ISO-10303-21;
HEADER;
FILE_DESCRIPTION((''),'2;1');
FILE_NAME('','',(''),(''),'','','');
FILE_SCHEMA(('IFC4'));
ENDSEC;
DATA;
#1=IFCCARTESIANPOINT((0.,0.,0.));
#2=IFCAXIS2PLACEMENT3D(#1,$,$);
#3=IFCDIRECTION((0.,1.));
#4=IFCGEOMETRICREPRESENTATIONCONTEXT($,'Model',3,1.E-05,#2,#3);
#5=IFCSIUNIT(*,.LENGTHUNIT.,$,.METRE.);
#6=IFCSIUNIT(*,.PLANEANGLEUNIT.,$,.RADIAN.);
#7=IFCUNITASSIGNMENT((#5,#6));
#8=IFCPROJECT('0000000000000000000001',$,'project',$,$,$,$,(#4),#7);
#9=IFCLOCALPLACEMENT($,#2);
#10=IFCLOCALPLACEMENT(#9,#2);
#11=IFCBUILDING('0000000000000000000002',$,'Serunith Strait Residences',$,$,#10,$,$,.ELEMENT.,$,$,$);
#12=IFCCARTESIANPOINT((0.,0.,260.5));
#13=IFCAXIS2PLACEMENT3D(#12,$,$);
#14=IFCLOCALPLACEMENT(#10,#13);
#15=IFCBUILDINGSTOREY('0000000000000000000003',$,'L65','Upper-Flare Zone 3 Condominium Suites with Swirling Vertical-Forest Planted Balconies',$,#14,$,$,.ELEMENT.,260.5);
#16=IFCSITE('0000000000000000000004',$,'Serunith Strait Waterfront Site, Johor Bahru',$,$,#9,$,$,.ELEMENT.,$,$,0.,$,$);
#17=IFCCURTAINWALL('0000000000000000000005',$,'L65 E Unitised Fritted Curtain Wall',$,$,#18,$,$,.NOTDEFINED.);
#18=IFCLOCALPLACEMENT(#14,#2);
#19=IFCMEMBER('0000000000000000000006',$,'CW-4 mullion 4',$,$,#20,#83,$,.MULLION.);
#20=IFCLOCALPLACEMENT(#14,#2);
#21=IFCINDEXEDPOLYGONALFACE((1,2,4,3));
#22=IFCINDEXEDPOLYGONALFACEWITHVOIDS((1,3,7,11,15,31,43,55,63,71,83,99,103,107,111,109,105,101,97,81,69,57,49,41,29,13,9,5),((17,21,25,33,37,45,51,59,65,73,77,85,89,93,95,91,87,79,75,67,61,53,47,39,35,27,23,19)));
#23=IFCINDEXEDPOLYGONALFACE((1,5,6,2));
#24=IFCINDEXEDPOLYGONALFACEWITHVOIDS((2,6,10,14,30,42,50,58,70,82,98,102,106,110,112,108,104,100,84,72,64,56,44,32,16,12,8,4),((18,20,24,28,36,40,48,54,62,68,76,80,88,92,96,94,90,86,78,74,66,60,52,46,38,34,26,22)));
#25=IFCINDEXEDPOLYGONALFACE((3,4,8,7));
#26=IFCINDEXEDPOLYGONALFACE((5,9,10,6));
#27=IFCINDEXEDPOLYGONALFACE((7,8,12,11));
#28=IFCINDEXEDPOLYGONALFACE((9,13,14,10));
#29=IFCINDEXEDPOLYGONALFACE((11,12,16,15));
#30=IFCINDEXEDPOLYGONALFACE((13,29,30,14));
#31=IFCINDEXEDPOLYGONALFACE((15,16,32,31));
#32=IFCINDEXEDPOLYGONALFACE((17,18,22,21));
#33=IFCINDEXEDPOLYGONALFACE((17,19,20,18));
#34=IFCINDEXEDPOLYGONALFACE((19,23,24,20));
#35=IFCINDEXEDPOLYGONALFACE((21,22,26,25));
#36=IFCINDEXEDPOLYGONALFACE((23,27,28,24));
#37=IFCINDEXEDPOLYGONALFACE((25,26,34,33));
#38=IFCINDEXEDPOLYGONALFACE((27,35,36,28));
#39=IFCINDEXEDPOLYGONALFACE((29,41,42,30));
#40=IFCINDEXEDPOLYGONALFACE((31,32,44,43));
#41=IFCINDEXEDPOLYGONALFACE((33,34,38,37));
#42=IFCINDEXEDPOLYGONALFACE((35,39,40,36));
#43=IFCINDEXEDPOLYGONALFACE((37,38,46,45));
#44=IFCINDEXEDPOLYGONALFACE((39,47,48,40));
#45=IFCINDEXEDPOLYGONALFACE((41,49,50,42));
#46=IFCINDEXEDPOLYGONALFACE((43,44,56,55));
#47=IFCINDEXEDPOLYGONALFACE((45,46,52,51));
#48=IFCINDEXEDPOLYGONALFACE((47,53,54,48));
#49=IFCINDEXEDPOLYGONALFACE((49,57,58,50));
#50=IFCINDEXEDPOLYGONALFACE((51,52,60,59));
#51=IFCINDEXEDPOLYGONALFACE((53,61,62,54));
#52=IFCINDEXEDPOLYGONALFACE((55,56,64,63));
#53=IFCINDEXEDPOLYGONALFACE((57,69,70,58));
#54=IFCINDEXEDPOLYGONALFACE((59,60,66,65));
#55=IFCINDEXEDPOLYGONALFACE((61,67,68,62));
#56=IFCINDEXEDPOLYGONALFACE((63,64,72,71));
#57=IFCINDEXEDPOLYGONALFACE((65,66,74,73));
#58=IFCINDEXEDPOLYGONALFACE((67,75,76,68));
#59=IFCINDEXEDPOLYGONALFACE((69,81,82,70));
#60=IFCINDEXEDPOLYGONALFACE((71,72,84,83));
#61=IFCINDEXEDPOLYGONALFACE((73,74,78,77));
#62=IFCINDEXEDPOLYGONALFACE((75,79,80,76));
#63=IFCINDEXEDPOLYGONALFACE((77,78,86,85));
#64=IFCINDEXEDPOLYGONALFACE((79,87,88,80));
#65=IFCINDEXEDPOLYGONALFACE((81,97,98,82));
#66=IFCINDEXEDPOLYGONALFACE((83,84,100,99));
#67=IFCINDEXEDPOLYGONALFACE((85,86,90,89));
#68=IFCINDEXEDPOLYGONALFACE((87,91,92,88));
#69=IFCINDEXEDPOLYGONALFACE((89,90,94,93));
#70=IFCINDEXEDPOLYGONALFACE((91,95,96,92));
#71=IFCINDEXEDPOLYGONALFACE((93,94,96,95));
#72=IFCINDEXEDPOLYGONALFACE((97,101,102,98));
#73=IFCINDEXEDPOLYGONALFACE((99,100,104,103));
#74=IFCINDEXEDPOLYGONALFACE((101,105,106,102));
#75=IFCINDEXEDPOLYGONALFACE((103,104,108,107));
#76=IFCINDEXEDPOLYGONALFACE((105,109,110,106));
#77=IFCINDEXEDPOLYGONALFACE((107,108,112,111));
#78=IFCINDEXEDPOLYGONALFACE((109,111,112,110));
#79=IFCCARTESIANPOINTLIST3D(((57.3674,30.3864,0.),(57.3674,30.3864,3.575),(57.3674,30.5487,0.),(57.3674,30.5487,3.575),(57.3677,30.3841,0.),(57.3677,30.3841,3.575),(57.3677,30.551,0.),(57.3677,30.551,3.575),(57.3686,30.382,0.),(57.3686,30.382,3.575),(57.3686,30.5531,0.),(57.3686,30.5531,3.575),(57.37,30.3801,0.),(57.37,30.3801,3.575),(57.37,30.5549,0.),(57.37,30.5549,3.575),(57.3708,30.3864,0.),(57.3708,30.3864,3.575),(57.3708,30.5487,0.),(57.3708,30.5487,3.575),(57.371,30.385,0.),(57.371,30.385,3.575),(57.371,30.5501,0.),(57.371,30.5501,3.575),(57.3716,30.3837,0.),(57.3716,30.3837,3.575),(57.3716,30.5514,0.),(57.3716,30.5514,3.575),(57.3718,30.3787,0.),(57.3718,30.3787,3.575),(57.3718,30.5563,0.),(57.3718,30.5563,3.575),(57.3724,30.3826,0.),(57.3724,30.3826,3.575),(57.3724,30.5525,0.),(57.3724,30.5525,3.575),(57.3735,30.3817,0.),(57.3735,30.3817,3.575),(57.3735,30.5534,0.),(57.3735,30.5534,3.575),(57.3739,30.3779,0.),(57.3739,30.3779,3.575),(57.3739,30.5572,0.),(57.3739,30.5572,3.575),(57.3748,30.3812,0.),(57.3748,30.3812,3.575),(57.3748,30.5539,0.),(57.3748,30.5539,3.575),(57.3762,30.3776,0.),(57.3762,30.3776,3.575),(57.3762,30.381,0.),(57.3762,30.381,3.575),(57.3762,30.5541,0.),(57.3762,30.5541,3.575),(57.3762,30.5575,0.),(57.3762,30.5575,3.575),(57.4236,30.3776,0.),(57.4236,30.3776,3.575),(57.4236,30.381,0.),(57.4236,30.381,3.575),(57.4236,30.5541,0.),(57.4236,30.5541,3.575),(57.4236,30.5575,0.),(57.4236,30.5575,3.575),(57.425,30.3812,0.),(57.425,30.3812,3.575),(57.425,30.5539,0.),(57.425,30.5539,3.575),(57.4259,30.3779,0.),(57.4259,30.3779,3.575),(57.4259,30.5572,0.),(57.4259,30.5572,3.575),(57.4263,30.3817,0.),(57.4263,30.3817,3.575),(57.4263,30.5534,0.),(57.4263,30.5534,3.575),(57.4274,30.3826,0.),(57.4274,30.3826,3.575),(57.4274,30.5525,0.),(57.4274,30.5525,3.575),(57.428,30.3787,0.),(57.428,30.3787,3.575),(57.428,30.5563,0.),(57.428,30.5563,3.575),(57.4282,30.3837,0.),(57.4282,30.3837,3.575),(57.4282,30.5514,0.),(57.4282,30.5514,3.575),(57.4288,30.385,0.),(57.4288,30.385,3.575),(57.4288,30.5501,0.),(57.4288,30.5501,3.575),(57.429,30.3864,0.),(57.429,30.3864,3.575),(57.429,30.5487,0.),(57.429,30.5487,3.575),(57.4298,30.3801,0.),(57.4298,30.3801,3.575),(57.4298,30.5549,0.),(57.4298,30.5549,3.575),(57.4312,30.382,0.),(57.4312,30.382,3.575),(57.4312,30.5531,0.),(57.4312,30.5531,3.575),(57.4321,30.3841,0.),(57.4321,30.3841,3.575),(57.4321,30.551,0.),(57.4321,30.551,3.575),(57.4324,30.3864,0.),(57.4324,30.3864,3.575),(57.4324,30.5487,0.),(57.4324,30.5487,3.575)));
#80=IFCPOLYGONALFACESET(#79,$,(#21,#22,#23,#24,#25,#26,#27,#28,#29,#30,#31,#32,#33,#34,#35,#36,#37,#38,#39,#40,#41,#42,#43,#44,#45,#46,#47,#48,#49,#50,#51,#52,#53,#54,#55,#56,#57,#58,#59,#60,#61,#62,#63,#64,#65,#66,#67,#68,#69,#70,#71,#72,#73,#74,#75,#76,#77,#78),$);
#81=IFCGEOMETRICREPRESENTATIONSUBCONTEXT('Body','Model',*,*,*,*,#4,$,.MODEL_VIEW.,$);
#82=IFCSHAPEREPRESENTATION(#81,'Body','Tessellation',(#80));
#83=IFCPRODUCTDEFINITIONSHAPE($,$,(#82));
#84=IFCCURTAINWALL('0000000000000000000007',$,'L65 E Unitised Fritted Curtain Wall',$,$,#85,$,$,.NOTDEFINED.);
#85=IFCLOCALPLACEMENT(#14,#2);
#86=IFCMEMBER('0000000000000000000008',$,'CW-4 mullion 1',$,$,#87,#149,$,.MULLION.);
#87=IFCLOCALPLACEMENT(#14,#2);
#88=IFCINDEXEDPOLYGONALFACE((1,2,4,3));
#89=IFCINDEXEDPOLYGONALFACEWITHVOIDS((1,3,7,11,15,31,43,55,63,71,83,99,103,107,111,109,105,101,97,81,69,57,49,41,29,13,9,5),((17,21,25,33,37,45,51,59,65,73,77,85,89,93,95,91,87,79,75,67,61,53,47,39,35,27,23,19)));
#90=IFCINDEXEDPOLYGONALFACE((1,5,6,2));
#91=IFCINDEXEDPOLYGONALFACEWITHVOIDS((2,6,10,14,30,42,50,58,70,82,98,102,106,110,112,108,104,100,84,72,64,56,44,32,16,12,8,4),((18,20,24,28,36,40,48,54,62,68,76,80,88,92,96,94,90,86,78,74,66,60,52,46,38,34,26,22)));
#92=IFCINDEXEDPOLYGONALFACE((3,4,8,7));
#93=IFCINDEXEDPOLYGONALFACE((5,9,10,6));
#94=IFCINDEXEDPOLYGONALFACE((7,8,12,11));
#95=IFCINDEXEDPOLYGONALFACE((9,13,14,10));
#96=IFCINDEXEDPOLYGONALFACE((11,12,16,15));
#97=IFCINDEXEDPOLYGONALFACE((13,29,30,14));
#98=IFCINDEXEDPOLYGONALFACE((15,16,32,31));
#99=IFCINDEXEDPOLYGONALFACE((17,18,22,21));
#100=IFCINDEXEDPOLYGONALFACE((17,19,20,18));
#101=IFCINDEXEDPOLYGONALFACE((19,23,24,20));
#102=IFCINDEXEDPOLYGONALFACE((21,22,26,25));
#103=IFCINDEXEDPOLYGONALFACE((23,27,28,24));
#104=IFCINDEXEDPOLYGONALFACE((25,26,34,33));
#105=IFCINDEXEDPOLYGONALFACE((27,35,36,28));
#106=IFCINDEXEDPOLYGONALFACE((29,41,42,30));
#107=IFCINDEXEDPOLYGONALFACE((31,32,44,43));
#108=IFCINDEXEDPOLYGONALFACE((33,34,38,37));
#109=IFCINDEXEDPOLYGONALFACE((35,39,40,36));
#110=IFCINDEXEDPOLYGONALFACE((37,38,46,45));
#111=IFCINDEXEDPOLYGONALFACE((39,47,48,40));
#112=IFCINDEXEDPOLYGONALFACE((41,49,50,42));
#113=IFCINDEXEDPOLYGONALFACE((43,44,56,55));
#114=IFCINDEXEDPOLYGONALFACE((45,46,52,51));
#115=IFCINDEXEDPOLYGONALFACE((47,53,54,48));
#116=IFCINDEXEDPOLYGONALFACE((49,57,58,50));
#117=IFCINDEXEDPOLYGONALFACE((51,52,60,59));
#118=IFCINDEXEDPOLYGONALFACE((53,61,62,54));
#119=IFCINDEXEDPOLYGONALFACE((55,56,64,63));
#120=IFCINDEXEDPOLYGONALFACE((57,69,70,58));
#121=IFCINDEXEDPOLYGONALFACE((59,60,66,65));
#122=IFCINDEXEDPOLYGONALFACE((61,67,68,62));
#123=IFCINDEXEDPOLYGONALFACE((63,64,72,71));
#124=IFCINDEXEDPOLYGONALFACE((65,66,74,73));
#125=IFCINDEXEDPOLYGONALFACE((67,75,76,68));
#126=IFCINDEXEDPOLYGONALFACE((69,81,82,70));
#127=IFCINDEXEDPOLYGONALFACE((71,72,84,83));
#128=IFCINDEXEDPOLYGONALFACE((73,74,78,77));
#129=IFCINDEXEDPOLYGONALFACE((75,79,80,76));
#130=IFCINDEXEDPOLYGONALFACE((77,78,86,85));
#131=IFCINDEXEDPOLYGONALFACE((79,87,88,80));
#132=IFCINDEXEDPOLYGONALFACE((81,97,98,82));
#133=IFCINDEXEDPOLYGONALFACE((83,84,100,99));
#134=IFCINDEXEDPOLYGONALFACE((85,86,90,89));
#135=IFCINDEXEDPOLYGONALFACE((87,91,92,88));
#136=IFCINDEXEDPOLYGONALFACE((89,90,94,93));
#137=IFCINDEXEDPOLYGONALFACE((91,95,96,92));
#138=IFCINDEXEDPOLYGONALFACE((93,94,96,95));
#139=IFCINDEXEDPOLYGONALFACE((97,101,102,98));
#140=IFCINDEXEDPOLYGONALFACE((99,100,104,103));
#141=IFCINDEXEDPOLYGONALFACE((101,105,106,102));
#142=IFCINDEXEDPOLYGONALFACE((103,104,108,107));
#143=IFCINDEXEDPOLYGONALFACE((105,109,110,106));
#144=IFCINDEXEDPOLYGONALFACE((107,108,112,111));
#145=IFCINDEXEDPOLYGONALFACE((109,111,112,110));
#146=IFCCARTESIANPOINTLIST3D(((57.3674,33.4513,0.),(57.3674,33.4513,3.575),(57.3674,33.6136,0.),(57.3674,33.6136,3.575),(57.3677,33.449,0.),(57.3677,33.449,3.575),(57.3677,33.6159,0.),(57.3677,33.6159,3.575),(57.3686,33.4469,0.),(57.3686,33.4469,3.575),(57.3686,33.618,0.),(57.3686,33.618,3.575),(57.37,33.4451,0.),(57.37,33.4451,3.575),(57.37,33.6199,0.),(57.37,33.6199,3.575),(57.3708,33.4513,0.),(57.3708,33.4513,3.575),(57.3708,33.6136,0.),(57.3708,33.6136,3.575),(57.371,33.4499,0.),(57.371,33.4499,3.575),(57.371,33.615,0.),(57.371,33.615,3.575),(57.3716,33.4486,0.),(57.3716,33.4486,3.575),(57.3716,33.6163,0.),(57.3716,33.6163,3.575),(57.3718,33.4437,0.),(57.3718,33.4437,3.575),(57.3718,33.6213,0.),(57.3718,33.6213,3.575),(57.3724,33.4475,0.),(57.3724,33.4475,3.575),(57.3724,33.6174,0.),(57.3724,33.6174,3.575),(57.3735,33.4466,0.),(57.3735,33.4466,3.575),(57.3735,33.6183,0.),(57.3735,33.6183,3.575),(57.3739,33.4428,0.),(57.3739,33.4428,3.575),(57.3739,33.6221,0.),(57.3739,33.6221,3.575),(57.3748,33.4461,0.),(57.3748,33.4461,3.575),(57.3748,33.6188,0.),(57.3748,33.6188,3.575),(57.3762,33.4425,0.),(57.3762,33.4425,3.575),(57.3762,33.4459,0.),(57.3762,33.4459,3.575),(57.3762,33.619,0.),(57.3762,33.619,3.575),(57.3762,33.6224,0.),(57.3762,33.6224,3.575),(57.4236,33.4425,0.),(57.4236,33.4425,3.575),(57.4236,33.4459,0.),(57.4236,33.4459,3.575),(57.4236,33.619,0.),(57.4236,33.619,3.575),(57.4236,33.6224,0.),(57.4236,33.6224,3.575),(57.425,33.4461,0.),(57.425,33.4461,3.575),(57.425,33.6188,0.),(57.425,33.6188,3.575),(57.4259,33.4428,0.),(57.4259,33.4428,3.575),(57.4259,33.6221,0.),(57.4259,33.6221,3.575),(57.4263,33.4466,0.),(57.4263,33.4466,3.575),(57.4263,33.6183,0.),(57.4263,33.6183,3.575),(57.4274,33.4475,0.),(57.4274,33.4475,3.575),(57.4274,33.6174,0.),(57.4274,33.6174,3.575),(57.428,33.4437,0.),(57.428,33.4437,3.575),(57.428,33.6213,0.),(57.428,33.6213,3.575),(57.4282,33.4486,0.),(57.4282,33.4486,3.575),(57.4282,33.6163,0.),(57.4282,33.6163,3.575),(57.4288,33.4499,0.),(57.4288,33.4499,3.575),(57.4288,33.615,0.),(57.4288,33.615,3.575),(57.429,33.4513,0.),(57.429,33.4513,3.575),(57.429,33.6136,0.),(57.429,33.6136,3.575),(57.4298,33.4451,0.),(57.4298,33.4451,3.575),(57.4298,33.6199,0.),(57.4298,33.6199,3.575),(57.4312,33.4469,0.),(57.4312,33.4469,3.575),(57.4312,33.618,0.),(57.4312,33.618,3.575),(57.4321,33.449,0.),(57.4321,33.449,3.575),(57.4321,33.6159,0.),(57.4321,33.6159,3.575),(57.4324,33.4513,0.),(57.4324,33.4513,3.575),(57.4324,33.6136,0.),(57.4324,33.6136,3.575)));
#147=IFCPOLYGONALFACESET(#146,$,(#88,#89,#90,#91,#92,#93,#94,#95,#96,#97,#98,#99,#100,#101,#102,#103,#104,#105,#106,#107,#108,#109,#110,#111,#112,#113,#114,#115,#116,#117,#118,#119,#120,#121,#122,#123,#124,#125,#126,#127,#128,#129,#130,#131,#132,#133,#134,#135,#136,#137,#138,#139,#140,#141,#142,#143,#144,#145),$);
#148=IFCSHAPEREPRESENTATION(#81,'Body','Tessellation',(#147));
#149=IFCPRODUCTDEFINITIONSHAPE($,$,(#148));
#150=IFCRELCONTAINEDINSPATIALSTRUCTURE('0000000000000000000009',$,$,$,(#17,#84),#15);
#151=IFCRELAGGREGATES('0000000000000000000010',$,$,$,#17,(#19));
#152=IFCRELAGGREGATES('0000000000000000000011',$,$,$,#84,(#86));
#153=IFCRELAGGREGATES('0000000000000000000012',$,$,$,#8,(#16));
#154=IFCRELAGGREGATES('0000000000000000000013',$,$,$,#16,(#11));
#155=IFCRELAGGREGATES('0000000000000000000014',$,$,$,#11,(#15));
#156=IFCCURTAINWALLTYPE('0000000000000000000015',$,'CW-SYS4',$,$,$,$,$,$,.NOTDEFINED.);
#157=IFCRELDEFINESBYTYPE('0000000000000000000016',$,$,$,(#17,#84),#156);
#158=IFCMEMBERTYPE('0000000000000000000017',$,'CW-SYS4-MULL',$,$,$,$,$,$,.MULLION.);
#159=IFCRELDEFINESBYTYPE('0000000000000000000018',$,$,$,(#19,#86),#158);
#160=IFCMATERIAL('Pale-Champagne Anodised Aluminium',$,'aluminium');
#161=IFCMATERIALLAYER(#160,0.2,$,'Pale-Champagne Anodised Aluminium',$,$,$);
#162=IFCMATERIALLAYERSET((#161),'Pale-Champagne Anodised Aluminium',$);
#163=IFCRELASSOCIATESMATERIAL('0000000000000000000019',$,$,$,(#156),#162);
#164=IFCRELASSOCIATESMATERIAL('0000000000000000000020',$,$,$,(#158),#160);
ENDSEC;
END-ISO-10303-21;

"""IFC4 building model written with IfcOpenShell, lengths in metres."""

from ifc_helpers import new_model, si_unit, direction, frame, origin, origin_2d, place, context, subcontext, project, spatial, hollow_rectangle, extrude, source, transform, mapped, material, layer, layer_set, material_profile, profile_set, type_object, element, aggregate, save


model = new_model("IFC4")

# Units and contexts
model_context = context("Model", 3, precision=1e-05, world=origin(), true_north=direction((0.0, 1.0)))
body_context = subcontext(model_context, "Body", "Model", "MODEL_VIEW")
ifc_project = project(units=[si_unit("LENGTHUNIT", "METRE"), si_unit("PLANEANGLEUNIT", "RADIAN")], contexts=[model_context])

# Site, building, storey
site_placement = place(None, origin())
site = spatial("IfcSite", under=ifc_project, at=site_placement, Name="Serunith Strait Waterfront Site, Johor Bahru", CompositionType="ELEMENT", RefElevation=0.0)
building_placement = place(site_placement, origin())
building = spatial("IfcBuilding", under=site, at=building_placement, Name="Serunith Strait Residences", CompositionType="ELEMENT")
storey_placement = place(building_placement, frame((0.0, 0.0, 260.5)))
storey = spatial("IfcBuildingStorey", under=building, at=storey_placement, Name="L65", Description="Upper-Flare Zone 3 Condominium Suites with Swirling Vertical-Forest Planted Balconies", CompositionType="ELEMENT", Elevation=260.5)

# Curtain wall, member
ifc_material_1 = material(Name="Pale-Champagne Anodised Aluminium", Category="aluminium")
ifc_layer_1 = layer(ifc_material_1, 0.2, Name="Pale-Champagne Anodised Aluminium")
ifc_layer_set_1 = layer_set([ifc_layer_1], Name="Pale-Champagne Anodised Aluminium")
curtain_wall_type = type_object("IfcCurtainWallType", Name="CW-SYS4", PredefinedType="NOTDEFINED", material=ifc_layer_set_1)
curtain_wall_1_placement = place(storey_placement, origin())
curtain_wall_1 = element("IfcCurtainWall", 1, at=curtain_wall_1_placement, inside=storey, type_object=curtain_wall_type, Name="L65 E Unitised Fritted Curtain Wall", PredefinedType="NOTDEFINED")
ifc_material_profile_1 = material_profile(ifc_material_1, hollow_rectangle(XDim=0.0649, YDim=0.1799, WallThickness=0.0034, InnerFilletRadius=0.0054, OuterFilletRadius=0.0088, at=origin_2d()), Name="ALU 180x65x3.5")
ifc_profile_set_1 = profile_set([ifc_material_profile_1], Name="Pale-Champagne Anodised Aluminium")
member_type_1 = type_object("IfcMemberType", Name="CW-SYS4-MULL", PredefinedType="MULLION", material=ifc_profile_set_1)
shared_shape_1 = source(origin(), body_context, "Body", "SweptSolid", [
    extrude(hollow_rectangle(XDim=0.0649, YDim=0.1799, WallThickness=0.0034, InnerFilletRadius=0.0054, OuterFilletRadius=0.0088, at=origin_2d()), origin(), (0.0, 0.0, 1.0), 3.575),
])
member_1_placement = place(storey_placement, frame((57.3999, 30.4675, 0.0), z_axis=(0.0, 0.0, 1.0), x_axis=(-1.0, 0.0, 0.0)))
member_1 = element("IfcMember", 2, at=member_1_placement, type_object=member_type_1, Name="CW-4 mullion 4", PredefinedType="MULLION", context=body_context, shape_type="MappedRepresentation", body=[
    mapped(shared_shape_1, transform((0.0, 0.0, 0.0), scale=1.0)),
])

# Curtain wall, member
curtain_wall_2_placement = place(storey_placement, origin())
curtain_wall_2 = element("IfcCurtainWall", 3, at=curtain_wall_2_placement, inside=storey, type_object=curtain_wall_type, Name="L65 E Unitised Fritted Curtain Wall", PredefinedType="NOTDEFINED")
member_2_placement = place(storey_placement, frame((57.3999, 33.5325, 0.0), z_axis=(0.0, 0.0, 1.0), x_axis=(-1.0, 0.0, 0.0)))
member_2 = element("IfcMember", 4, at=member_2_placement, type_object=member_type_1, Name="CW-4 mullion 1", PredefinedType="MULLION", context=body_context, shape_type="MappedRepresentation", body=[
    mapped(shared_shape_1, transform((0.0, 0.0, 0.0), scale=1.0)),
])

aggregate(curtain_wall_1, [member_1])
aggregate(curtain_wall_2, [member_2])

save(model, "model.ifc")
